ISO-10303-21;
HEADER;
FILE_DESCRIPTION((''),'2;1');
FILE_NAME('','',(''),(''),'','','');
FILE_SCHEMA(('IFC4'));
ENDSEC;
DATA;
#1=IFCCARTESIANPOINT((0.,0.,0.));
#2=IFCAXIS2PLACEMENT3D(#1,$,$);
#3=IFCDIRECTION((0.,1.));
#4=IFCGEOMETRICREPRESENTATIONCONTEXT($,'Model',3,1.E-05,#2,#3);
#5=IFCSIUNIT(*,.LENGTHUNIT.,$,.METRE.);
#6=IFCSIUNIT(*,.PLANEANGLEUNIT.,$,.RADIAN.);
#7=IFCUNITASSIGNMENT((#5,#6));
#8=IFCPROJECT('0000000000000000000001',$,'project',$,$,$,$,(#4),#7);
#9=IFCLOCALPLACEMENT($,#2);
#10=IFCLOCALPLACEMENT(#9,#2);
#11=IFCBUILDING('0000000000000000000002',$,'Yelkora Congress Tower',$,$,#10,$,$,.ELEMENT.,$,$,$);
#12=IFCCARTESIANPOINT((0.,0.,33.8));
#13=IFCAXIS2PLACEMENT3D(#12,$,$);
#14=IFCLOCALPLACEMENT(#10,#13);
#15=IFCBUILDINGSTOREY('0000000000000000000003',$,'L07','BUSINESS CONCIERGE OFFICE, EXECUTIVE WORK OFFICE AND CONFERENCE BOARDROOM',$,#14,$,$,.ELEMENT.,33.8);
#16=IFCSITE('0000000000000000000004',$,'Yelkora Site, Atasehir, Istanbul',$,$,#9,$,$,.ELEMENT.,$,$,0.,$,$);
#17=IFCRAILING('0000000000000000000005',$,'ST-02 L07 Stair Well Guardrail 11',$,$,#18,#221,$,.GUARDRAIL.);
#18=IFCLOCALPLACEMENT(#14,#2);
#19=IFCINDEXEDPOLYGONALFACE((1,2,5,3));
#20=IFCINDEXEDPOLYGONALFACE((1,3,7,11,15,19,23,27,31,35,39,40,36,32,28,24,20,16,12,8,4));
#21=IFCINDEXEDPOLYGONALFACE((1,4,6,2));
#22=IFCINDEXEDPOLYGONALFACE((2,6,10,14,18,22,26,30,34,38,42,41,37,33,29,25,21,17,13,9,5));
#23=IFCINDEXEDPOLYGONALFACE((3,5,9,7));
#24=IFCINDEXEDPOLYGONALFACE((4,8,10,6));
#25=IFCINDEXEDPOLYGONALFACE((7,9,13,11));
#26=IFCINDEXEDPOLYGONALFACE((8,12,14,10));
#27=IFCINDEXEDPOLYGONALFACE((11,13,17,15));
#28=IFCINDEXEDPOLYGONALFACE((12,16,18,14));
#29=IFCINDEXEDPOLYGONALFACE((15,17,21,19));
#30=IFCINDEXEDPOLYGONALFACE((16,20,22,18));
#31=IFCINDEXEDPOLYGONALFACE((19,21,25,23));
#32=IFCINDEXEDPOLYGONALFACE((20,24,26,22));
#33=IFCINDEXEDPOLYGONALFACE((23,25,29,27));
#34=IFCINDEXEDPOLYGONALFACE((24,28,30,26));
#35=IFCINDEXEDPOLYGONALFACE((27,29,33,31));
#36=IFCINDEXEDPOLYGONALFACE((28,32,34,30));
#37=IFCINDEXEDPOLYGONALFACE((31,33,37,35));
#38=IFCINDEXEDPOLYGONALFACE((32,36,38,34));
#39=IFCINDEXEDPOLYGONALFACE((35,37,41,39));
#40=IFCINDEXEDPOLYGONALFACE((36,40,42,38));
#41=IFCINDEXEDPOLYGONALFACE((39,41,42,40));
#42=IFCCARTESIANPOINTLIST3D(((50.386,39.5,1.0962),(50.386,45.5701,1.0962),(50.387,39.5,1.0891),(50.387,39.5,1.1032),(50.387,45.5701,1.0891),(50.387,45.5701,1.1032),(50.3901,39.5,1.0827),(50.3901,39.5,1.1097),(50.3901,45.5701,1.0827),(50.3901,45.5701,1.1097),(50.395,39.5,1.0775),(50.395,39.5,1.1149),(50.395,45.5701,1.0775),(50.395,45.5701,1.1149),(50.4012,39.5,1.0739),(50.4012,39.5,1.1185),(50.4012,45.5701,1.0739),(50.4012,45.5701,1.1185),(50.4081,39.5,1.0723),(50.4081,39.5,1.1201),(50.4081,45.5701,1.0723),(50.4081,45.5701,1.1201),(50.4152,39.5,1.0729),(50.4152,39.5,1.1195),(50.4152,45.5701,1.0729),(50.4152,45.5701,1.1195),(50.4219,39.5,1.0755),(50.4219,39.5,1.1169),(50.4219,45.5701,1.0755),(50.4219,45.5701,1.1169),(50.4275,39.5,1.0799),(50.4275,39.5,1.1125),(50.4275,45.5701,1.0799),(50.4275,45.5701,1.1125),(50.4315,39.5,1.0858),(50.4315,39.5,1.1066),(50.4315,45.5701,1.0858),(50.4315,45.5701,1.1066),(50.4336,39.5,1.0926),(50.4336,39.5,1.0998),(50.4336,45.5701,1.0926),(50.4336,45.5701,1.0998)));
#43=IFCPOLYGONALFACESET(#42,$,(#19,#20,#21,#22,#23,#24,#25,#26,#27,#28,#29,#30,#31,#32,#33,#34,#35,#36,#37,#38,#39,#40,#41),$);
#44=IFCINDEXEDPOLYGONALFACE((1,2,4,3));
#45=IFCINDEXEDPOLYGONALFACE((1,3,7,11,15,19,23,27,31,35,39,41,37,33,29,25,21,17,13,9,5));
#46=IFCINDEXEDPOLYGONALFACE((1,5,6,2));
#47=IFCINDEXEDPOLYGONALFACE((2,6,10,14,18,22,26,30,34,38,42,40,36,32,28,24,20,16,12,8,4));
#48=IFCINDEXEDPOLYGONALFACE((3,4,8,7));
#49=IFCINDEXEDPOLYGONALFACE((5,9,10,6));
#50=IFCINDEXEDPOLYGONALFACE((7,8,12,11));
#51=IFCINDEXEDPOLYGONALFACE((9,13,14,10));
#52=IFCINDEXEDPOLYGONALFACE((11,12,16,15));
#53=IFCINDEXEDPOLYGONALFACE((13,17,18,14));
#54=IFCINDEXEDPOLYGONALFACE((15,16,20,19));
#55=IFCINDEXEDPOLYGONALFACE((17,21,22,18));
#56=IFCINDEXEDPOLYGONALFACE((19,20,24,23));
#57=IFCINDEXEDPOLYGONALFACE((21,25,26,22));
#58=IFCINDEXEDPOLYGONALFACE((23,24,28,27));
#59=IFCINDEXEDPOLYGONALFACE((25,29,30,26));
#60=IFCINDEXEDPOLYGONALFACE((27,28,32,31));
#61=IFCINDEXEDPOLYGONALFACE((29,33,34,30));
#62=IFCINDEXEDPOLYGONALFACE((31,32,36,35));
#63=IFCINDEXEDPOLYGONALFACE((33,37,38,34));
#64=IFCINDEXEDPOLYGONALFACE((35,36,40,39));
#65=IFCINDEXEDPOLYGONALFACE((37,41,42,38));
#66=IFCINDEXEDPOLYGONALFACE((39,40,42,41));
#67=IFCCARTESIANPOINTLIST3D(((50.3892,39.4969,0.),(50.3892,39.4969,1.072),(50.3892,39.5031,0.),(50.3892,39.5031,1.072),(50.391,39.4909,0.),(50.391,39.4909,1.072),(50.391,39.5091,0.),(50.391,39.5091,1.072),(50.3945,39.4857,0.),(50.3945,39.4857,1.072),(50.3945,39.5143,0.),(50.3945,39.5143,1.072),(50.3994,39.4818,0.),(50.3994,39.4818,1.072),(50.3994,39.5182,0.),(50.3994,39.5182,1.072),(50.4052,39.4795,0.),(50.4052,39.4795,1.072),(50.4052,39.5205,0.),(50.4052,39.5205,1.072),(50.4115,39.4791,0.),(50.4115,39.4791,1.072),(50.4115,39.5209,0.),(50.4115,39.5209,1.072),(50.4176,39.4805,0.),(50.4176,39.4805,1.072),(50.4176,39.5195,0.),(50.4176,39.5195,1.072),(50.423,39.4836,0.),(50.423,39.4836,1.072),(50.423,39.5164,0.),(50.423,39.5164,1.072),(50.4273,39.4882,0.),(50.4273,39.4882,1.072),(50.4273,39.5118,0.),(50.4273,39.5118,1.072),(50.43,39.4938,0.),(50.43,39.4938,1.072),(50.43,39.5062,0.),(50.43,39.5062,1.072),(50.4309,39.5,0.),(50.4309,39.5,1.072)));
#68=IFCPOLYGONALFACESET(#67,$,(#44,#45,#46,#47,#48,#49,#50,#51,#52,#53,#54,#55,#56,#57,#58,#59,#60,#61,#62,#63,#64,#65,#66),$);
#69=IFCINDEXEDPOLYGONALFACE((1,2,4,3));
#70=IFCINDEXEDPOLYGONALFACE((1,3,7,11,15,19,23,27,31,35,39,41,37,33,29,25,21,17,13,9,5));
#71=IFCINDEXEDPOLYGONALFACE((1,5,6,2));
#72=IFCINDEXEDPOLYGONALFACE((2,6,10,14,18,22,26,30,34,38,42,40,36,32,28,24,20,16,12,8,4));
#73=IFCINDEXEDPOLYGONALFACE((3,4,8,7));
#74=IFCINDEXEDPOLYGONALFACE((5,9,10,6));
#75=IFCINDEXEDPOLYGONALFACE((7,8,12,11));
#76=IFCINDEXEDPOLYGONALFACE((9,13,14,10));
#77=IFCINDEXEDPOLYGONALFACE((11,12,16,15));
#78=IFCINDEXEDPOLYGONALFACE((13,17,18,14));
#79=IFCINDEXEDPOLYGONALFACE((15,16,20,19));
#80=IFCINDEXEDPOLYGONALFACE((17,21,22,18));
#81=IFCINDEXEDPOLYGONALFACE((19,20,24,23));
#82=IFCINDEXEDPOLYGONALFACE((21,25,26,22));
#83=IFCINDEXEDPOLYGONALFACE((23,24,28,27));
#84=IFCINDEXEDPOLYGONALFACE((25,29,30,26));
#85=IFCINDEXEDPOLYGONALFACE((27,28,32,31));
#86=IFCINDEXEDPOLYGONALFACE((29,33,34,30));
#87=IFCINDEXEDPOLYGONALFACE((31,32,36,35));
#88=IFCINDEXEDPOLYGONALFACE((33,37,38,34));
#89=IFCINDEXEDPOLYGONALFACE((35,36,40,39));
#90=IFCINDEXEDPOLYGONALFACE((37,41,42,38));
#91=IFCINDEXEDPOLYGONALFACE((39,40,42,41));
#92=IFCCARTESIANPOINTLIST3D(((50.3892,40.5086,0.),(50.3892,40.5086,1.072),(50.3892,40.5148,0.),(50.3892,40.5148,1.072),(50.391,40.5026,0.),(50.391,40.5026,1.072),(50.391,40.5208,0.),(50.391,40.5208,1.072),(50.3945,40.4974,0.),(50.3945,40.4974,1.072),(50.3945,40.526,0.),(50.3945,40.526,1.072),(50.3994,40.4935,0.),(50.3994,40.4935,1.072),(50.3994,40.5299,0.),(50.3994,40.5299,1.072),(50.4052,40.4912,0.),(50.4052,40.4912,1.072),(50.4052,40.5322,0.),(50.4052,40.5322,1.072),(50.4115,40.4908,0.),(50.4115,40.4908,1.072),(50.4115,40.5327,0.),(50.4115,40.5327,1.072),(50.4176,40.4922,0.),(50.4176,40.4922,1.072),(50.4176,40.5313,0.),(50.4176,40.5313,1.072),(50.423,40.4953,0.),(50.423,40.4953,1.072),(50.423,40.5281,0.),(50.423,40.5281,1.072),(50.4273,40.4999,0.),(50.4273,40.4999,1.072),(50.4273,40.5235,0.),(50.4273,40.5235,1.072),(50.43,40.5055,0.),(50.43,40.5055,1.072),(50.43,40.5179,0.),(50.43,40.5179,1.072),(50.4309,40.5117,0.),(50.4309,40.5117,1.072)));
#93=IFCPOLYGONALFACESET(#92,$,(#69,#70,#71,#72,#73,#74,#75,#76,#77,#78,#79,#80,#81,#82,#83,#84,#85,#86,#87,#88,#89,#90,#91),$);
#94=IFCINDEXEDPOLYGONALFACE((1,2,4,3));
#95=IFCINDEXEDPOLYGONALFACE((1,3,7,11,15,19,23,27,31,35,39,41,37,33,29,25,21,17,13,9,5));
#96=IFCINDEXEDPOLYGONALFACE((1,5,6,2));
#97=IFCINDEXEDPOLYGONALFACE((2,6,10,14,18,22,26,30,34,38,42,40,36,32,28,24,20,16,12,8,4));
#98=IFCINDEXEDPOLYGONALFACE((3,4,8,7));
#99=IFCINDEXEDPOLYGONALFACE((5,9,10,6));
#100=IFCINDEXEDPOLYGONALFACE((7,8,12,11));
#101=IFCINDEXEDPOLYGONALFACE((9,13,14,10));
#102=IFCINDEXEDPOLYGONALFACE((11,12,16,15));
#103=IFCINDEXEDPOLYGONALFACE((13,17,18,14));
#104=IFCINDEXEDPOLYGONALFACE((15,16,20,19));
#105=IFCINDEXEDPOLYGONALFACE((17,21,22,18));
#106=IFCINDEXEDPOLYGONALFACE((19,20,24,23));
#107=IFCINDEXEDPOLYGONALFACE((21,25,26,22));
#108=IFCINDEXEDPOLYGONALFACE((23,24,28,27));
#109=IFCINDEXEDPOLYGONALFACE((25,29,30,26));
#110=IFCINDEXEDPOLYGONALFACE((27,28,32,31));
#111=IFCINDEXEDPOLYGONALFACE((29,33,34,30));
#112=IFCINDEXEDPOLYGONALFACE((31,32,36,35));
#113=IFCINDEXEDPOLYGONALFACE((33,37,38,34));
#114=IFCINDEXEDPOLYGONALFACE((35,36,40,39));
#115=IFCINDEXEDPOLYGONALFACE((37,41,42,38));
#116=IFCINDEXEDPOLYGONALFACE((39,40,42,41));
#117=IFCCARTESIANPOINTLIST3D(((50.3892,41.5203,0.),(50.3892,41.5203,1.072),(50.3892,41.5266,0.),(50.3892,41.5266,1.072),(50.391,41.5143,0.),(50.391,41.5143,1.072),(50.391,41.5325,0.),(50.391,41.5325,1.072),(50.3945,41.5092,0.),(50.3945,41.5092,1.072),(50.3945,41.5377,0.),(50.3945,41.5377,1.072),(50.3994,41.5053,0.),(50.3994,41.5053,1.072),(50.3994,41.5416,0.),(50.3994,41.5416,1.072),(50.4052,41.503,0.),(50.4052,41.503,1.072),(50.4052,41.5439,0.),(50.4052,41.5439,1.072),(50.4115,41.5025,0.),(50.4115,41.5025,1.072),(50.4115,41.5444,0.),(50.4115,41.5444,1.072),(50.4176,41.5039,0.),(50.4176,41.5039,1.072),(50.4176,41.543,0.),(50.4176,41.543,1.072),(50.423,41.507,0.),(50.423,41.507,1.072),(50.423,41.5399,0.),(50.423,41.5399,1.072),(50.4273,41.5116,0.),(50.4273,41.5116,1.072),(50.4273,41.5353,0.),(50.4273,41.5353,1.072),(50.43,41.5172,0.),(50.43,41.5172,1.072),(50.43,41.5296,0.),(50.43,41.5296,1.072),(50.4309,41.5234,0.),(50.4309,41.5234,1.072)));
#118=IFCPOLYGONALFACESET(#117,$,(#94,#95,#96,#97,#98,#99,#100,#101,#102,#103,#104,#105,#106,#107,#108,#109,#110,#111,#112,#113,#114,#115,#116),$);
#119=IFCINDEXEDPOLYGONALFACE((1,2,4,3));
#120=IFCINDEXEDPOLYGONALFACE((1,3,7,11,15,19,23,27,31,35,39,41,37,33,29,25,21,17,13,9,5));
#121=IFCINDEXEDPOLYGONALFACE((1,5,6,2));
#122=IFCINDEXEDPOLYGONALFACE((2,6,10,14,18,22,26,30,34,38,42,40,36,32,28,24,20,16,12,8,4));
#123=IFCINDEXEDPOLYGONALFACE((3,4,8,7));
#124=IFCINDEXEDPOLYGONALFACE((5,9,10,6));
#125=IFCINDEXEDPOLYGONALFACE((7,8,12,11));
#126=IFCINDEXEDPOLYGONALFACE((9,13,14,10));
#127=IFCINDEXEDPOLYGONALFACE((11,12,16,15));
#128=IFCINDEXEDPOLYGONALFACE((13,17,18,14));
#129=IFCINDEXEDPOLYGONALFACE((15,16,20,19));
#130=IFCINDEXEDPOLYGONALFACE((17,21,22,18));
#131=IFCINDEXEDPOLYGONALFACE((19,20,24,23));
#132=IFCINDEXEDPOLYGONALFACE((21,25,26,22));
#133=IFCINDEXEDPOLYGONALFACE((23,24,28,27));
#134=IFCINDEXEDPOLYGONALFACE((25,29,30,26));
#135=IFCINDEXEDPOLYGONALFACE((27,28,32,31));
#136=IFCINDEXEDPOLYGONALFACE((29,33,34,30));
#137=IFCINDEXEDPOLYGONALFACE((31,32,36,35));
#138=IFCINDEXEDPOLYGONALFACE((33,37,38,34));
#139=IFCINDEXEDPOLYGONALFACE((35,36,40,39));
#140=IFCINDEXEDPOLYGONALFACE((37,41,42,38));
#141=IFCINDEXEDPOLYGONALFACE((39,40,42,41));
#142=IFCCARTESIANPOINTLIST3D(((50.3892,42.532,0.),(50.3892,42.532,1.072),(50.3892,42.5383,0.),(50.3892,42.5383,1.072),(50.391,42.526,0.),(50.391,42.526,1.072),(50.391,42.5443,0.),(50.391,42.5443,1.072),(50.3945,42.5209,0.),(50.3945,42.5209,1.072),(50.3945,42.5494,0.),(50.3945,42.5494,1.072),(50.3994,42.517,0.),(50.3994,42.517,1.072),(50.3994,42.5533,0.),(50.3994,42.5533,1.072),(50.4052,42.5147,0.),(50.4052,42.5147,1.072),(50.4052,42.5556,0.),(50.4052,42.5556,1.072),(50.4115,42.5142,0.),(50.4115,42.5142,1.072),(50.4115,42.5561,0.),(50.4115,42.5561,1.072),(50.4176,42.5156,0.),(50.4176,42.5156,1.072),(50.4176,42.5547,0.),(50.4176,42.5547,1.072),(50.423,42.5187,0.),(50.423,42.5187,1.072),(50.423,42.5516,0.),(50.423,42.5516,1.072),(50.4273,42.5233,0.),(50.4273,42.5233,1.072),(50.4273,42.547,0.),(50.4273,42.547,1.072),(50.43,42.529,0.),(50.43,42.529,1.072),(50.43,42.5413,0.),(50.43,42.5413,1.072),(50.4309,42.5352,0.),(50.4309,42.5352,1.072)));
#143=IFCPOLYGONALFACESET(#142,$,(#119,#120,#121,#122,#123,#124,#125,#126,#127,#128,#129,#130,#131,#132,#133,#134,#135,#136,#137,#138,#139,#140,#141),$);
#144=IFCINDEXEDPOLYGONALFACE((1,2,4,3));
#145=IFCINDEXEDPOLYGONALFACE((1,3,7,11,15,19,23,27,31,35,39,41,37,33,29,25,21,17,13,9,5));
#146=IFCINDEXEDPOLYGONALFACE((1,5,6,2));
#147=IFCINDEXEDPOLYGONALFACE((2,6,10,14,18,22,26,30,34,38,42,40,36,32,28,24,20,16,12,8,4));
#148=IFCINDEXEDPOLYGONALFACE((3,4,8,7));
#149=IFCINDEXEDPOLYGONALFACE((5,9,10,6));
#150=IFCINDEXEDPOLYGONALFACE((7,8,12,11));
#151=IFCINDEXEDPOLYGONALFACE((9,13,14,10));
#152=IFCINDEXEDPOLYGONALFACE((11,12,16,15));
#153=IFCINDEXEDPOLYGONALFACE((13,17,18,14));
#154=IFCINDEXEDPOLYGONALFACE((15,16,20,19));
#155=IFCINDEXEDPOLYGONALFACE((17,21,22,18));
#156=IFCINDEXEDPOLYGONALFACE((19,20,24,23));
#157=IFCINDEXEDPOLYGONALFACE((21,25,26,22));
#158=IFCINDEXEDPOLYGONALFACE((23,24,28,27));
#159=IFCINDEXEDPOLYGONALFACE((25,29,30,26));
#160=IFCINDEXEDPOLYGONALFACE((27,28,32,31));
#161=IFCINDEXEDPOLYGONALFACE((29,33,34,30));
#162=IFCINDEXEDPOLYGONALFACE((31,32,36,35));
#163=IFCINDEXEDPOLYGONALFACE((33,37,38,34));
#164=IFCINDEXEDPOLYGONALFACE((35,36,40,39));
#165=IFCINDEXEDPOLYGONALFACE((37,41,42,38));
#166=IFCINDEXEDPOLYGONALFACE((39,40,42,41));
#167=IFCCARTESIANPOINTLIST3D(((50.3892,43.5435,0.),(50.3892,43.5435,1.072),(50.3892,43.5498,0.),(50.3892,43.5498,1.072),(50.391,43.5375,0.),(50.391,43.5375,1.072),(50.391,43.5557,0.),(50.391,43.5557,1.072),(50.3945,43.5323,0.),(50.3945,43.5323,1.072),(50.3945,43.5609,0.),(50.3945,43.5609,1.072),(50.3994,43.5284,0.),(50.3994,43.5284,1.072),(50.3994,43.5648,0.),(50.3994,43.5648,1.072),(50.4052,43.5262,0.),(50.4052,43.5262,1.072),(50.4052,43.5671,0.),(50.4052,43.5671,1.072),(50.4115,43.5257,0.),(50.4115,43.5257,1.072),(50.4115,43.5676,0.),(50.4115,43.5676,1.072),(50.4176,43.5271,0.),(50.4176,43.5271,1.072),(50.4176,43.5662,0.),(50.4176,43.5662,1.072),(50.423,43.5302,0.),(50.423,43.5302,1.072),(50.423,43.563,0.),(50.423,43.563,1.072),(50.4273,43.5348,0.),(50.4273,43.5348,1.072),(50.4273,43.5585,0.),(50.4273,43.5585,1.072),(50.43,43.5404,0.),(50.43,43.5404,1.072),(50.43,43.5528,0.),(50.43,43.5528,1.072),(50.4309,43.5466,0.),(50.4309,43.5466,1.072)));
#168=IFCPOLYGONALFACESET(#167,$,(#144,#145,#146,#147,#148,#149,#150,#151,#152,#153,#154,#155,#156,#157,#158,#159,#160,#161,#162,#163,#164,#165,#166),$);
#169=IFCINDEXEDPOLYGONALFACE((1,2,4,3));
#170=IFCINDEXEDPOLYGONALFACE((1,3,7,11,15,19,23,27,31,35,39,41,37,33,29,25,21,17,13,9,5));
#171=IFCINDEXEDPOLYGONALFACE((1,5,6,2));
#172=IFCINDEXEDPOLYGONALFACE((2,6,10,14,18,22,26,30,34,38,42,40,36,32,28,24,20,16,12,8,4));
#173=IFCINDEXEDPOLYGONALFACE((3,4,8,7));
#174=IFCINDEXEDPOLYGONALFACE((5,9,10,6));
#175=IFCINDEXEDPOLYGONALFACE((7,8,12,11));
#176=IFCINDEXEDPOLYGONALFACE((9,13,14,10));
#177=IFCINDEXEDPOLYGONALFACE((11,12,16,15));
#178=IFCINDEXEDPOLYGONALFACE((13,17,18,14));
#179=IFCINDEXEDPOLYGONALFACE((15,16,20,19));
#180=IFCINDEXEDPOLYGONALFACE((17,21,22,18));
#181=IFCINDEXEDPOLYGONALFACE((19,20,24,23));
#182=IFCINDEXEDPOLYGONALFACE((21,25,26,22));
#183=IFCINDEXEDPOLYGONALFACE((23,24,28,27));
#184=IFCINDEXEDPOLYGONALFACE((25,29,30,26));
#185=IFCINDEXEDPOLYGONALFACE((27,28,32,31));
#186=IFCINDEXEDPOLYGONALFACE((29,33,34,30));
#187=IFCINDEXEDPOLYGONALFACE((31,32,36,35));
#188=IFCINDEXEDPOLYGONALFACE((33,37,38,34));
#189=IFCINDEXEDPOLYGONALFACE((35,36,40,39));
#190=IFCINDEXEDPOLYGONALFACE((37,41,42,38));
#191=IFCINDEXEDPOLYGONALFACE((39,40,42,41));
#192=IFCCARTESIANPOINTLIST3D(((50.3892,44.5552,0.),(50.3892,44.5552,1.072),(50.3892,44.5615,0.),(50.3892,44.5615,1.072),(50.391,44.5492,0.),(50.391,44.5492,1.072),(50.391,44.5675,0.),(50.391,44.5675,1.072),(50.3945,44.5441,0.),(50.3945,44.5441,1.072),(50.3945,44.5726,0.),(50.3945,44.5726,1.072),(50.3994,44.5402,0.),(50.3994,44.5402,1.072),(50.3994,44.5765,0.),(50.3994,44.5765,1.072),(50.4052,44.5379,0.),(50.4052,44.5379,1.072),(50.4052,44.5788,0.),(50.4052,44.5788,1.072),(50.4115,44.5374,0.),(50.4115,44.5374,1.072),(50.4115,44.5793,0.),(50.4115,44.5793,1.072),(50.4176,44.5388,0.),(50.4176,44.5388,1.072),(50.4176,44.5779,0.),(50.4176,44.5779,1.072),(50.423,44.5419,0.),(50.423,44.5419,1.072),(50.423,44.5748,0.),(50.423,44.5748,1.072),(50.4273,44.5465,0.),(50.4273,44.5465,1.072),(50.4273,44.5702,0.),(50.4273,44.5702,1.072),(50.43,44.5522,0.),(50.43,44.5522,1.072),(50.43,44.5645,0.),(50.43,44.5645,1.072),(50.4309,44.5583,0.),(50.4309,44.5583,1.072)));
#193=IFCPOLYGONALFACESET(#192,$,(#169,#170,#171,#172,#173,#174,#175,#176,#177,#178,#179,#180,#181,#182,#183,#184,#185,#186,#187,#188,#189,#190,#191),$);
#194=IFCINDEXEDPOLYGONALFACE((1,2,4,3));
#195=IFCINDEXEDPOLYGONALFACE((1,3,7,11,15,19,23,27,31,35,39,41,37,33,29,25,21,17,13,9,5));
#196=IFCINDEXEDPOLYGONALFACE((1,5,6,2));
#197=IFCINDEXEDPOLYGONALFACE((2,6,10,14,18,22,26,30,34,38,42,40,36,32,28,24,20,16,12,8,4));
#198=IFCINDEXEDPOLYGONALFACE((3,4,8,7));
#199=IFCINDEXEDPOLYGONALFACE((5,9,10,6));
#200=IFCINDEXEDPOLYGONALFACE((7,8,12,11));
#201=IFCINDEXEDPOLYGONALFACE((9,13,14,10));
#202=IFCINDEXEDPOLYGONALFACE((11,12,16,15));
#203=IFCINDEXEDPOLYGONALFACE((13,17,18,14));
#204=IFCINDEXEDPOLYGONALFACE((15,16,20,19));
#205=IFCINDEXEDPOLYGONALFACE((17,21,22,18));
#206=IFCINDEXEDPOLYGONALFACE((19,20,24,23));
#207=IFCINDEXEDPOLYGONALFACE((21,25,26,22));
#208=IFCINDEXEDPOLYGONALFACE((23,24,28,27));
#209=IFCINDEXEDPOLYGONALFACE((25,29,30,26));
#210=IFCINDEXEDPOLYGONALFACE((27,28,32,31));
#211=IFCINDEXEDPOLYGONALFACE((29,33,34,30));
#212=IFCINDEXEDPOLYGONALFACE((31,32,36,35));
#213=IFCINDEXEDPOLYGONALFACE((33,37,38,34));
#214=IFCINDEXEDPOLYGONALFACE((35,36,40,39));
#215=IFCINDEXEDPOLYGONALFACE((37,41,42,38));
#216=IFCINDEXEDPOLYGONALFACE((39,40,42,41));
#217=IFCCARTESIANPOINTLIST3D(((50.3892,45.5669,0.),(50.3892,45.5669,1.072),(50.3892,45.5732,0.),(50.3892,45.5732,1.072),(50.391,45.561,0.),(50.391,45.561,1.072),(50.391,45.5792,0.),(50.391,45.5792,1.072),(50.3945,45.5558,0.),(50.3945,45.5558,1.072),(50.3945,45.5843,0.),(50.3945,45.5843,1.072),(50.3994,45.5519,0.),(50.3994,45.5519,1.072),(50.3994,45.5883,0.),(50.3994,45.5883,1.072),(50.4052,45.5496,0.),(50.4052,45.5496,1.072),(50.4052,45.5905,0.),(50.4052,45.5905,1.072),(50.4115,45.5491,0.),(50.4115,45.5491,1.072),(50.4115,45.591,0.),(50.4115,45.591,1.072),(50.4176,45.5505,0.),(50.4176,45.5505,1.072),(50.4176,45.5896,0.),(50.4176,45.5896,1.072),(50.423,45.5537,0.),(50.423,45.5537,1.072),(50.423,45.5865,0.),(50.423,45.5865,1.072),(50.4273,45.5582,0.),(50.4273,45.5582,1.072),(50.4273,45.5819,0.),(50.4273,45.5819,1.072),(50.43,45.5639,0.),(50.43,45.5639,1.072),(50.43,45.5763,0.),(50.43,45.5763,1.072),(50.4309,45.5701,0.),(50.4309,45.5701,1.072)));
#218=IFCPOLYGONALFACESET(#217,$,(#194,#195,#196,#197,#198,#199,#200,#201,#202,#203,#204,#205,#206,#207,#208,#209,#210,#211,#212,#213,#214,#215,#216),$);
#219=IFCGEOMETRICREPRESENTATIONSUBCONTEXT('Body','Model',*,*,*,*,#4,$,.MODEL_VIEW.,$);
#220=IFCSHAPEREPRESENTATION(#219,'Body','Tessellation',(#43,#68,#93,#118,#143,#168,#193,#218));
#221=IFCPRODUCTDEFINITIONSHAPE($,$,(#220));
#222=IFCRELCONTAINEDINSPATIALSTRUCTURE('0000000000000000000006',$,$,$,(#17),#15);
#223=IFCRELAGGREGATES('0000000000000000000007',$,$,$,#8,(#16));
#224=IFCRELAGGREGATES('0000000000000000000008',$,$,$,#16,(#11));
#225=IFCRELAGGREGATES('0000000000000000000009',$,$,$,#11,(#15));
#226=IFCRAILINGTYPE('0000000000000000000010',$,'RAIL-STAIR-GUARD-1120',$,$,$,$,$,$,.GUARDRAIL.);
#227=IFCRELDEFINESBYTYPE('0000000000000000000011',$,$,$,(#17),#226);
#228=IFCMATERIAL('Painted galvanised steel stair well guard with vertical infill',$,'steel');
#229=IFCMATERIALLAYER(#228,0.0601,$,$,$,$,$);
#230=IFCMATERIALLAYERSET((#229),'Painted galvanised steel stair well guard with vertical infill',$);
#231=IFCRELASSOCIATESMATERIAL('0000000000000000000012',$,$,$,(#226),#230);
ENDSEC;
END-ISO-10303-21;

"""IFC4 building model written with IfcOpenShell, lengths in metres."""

from ifc_helpers import new_model, si_unit, direction, frame, origin, origin_2d, place, context, subcontext, project, spatial, circle, extrude, material, layer, layer_set, type_object, element, save


model = new_model("IFC4")

# Units and contexts
model_context = context("Model", 3, precision=1e-05, world=origin(), true_north=direction((0.0, 1.0)))
body_context = subcontext(model_context, "Body", "Model", "MODEL_VIEW")
ifc_project = project(units=[si_unit("LENGTHUNIT", "METRE"), si_unit("PLANEANGLEUNIT", "RADIAN")], contexts=[model_context])

# Site, building, storey
site_placement = place(None, origin())
site = spatial("IfcSite", under=ifc_project, at=site_placement, Name="Yelkora Site, Atasehir, Istanbul", CompositionType="ELEMENT", RefElevation=0.0)
building_placement = place(site_placement, origin())
building = spatial("IfcBuilding", under=site, at=building_placement, Name="Yelkora Congress Tower", CompositionType="ELEMENT")
storey_placement = place(building_placement, frame((0.0, 0.0, 33.8)))
storey = spatial("IfcBuildingStorey", under=building, at=storey_placement, Name="L07", Description="BUSINESS CONCIERGE OFFICE, EXECUTIVE WORK OFFICE AND CONFERENCE BOARDROOM", CompositionType="ELEMENT", Elevation=33.8)

# Railing
ifc_material_1 = material(Name="Painted galvanised steel stair well guard with vertical infill", Category="steel")
ifc_layer_1 = layer(ifc_material_1, 0.0601)
ifc_layer_set_1 = layer_set([ifc_layer_1], Name="Painted galvanised steel stair well guard with vertical infill")
railing_type_1 = type_object("IfcRailingType", Name="RAIL-STAIR-GUARD-1120", PredefinedType="GUARDRAIL", material=ifc_layer_set_1)
railing_1_placement = place(storey_placement, frame((50.4099, 39.5, 0.0)))
element("IfcRailing", 1, at=railing_1_placement, inside=storey, type_object=railing_type_1, Name="ST-02 L07 Stair Well Guardrail 11", PredefinedType="GUARDRAIL", context=body_context, shape_type="SweptSolid", body=[
    extrude(circle(Radius=0.0239, at=origin_2d()), frame((0.0, 0.0, 1.0962), z_axis=(0.0, 1.0, 0.0), x_axis=(-1.0, 0.0, 0.0)), (0.0, 0.0, 1.0), 6.0701),
    extrude(circle(Radius=0.021, at=origin_2d()), origin(), (0.0, 0.0, 1.0), 1.072),
    extrude(circle(Radius=0.021, at=origin_2d()), frame((0.0, 1.0117, 0.0)), (0.0, 0.0, 1.0), 1.072),
    extrude(circle(Radius=0.021, at=origin_2d()), frame((0.0, 2.0234, 0.0)), (0.0, 0.0, 1.0), 1.072),
    extrude(circle(Radius=0.021, at=origin_2d()), frame((0.0, 3.0352, 0.0)), (0.0, 0.0, 1.0), 1.072),
    extrude(circle(Radius=0.021, at=origin_2d()), frame((0.0, 4.0466, 0.0)), (0.0, 0.0, 1.0), 1.072),
    extrude(circle(Radius=0.021, at=origin_2d()), frame((0.0, 5.0583, 0.0)), (0.0, 0.0, 1.0), 1.072),
    extrude(circle(Radius=0.021, at=origin_2d()), frame((0.0, 6.0701, 0.0)), (0.0, 0.0, 1.0), 1.072),
])

save(model, "model.ifc")
